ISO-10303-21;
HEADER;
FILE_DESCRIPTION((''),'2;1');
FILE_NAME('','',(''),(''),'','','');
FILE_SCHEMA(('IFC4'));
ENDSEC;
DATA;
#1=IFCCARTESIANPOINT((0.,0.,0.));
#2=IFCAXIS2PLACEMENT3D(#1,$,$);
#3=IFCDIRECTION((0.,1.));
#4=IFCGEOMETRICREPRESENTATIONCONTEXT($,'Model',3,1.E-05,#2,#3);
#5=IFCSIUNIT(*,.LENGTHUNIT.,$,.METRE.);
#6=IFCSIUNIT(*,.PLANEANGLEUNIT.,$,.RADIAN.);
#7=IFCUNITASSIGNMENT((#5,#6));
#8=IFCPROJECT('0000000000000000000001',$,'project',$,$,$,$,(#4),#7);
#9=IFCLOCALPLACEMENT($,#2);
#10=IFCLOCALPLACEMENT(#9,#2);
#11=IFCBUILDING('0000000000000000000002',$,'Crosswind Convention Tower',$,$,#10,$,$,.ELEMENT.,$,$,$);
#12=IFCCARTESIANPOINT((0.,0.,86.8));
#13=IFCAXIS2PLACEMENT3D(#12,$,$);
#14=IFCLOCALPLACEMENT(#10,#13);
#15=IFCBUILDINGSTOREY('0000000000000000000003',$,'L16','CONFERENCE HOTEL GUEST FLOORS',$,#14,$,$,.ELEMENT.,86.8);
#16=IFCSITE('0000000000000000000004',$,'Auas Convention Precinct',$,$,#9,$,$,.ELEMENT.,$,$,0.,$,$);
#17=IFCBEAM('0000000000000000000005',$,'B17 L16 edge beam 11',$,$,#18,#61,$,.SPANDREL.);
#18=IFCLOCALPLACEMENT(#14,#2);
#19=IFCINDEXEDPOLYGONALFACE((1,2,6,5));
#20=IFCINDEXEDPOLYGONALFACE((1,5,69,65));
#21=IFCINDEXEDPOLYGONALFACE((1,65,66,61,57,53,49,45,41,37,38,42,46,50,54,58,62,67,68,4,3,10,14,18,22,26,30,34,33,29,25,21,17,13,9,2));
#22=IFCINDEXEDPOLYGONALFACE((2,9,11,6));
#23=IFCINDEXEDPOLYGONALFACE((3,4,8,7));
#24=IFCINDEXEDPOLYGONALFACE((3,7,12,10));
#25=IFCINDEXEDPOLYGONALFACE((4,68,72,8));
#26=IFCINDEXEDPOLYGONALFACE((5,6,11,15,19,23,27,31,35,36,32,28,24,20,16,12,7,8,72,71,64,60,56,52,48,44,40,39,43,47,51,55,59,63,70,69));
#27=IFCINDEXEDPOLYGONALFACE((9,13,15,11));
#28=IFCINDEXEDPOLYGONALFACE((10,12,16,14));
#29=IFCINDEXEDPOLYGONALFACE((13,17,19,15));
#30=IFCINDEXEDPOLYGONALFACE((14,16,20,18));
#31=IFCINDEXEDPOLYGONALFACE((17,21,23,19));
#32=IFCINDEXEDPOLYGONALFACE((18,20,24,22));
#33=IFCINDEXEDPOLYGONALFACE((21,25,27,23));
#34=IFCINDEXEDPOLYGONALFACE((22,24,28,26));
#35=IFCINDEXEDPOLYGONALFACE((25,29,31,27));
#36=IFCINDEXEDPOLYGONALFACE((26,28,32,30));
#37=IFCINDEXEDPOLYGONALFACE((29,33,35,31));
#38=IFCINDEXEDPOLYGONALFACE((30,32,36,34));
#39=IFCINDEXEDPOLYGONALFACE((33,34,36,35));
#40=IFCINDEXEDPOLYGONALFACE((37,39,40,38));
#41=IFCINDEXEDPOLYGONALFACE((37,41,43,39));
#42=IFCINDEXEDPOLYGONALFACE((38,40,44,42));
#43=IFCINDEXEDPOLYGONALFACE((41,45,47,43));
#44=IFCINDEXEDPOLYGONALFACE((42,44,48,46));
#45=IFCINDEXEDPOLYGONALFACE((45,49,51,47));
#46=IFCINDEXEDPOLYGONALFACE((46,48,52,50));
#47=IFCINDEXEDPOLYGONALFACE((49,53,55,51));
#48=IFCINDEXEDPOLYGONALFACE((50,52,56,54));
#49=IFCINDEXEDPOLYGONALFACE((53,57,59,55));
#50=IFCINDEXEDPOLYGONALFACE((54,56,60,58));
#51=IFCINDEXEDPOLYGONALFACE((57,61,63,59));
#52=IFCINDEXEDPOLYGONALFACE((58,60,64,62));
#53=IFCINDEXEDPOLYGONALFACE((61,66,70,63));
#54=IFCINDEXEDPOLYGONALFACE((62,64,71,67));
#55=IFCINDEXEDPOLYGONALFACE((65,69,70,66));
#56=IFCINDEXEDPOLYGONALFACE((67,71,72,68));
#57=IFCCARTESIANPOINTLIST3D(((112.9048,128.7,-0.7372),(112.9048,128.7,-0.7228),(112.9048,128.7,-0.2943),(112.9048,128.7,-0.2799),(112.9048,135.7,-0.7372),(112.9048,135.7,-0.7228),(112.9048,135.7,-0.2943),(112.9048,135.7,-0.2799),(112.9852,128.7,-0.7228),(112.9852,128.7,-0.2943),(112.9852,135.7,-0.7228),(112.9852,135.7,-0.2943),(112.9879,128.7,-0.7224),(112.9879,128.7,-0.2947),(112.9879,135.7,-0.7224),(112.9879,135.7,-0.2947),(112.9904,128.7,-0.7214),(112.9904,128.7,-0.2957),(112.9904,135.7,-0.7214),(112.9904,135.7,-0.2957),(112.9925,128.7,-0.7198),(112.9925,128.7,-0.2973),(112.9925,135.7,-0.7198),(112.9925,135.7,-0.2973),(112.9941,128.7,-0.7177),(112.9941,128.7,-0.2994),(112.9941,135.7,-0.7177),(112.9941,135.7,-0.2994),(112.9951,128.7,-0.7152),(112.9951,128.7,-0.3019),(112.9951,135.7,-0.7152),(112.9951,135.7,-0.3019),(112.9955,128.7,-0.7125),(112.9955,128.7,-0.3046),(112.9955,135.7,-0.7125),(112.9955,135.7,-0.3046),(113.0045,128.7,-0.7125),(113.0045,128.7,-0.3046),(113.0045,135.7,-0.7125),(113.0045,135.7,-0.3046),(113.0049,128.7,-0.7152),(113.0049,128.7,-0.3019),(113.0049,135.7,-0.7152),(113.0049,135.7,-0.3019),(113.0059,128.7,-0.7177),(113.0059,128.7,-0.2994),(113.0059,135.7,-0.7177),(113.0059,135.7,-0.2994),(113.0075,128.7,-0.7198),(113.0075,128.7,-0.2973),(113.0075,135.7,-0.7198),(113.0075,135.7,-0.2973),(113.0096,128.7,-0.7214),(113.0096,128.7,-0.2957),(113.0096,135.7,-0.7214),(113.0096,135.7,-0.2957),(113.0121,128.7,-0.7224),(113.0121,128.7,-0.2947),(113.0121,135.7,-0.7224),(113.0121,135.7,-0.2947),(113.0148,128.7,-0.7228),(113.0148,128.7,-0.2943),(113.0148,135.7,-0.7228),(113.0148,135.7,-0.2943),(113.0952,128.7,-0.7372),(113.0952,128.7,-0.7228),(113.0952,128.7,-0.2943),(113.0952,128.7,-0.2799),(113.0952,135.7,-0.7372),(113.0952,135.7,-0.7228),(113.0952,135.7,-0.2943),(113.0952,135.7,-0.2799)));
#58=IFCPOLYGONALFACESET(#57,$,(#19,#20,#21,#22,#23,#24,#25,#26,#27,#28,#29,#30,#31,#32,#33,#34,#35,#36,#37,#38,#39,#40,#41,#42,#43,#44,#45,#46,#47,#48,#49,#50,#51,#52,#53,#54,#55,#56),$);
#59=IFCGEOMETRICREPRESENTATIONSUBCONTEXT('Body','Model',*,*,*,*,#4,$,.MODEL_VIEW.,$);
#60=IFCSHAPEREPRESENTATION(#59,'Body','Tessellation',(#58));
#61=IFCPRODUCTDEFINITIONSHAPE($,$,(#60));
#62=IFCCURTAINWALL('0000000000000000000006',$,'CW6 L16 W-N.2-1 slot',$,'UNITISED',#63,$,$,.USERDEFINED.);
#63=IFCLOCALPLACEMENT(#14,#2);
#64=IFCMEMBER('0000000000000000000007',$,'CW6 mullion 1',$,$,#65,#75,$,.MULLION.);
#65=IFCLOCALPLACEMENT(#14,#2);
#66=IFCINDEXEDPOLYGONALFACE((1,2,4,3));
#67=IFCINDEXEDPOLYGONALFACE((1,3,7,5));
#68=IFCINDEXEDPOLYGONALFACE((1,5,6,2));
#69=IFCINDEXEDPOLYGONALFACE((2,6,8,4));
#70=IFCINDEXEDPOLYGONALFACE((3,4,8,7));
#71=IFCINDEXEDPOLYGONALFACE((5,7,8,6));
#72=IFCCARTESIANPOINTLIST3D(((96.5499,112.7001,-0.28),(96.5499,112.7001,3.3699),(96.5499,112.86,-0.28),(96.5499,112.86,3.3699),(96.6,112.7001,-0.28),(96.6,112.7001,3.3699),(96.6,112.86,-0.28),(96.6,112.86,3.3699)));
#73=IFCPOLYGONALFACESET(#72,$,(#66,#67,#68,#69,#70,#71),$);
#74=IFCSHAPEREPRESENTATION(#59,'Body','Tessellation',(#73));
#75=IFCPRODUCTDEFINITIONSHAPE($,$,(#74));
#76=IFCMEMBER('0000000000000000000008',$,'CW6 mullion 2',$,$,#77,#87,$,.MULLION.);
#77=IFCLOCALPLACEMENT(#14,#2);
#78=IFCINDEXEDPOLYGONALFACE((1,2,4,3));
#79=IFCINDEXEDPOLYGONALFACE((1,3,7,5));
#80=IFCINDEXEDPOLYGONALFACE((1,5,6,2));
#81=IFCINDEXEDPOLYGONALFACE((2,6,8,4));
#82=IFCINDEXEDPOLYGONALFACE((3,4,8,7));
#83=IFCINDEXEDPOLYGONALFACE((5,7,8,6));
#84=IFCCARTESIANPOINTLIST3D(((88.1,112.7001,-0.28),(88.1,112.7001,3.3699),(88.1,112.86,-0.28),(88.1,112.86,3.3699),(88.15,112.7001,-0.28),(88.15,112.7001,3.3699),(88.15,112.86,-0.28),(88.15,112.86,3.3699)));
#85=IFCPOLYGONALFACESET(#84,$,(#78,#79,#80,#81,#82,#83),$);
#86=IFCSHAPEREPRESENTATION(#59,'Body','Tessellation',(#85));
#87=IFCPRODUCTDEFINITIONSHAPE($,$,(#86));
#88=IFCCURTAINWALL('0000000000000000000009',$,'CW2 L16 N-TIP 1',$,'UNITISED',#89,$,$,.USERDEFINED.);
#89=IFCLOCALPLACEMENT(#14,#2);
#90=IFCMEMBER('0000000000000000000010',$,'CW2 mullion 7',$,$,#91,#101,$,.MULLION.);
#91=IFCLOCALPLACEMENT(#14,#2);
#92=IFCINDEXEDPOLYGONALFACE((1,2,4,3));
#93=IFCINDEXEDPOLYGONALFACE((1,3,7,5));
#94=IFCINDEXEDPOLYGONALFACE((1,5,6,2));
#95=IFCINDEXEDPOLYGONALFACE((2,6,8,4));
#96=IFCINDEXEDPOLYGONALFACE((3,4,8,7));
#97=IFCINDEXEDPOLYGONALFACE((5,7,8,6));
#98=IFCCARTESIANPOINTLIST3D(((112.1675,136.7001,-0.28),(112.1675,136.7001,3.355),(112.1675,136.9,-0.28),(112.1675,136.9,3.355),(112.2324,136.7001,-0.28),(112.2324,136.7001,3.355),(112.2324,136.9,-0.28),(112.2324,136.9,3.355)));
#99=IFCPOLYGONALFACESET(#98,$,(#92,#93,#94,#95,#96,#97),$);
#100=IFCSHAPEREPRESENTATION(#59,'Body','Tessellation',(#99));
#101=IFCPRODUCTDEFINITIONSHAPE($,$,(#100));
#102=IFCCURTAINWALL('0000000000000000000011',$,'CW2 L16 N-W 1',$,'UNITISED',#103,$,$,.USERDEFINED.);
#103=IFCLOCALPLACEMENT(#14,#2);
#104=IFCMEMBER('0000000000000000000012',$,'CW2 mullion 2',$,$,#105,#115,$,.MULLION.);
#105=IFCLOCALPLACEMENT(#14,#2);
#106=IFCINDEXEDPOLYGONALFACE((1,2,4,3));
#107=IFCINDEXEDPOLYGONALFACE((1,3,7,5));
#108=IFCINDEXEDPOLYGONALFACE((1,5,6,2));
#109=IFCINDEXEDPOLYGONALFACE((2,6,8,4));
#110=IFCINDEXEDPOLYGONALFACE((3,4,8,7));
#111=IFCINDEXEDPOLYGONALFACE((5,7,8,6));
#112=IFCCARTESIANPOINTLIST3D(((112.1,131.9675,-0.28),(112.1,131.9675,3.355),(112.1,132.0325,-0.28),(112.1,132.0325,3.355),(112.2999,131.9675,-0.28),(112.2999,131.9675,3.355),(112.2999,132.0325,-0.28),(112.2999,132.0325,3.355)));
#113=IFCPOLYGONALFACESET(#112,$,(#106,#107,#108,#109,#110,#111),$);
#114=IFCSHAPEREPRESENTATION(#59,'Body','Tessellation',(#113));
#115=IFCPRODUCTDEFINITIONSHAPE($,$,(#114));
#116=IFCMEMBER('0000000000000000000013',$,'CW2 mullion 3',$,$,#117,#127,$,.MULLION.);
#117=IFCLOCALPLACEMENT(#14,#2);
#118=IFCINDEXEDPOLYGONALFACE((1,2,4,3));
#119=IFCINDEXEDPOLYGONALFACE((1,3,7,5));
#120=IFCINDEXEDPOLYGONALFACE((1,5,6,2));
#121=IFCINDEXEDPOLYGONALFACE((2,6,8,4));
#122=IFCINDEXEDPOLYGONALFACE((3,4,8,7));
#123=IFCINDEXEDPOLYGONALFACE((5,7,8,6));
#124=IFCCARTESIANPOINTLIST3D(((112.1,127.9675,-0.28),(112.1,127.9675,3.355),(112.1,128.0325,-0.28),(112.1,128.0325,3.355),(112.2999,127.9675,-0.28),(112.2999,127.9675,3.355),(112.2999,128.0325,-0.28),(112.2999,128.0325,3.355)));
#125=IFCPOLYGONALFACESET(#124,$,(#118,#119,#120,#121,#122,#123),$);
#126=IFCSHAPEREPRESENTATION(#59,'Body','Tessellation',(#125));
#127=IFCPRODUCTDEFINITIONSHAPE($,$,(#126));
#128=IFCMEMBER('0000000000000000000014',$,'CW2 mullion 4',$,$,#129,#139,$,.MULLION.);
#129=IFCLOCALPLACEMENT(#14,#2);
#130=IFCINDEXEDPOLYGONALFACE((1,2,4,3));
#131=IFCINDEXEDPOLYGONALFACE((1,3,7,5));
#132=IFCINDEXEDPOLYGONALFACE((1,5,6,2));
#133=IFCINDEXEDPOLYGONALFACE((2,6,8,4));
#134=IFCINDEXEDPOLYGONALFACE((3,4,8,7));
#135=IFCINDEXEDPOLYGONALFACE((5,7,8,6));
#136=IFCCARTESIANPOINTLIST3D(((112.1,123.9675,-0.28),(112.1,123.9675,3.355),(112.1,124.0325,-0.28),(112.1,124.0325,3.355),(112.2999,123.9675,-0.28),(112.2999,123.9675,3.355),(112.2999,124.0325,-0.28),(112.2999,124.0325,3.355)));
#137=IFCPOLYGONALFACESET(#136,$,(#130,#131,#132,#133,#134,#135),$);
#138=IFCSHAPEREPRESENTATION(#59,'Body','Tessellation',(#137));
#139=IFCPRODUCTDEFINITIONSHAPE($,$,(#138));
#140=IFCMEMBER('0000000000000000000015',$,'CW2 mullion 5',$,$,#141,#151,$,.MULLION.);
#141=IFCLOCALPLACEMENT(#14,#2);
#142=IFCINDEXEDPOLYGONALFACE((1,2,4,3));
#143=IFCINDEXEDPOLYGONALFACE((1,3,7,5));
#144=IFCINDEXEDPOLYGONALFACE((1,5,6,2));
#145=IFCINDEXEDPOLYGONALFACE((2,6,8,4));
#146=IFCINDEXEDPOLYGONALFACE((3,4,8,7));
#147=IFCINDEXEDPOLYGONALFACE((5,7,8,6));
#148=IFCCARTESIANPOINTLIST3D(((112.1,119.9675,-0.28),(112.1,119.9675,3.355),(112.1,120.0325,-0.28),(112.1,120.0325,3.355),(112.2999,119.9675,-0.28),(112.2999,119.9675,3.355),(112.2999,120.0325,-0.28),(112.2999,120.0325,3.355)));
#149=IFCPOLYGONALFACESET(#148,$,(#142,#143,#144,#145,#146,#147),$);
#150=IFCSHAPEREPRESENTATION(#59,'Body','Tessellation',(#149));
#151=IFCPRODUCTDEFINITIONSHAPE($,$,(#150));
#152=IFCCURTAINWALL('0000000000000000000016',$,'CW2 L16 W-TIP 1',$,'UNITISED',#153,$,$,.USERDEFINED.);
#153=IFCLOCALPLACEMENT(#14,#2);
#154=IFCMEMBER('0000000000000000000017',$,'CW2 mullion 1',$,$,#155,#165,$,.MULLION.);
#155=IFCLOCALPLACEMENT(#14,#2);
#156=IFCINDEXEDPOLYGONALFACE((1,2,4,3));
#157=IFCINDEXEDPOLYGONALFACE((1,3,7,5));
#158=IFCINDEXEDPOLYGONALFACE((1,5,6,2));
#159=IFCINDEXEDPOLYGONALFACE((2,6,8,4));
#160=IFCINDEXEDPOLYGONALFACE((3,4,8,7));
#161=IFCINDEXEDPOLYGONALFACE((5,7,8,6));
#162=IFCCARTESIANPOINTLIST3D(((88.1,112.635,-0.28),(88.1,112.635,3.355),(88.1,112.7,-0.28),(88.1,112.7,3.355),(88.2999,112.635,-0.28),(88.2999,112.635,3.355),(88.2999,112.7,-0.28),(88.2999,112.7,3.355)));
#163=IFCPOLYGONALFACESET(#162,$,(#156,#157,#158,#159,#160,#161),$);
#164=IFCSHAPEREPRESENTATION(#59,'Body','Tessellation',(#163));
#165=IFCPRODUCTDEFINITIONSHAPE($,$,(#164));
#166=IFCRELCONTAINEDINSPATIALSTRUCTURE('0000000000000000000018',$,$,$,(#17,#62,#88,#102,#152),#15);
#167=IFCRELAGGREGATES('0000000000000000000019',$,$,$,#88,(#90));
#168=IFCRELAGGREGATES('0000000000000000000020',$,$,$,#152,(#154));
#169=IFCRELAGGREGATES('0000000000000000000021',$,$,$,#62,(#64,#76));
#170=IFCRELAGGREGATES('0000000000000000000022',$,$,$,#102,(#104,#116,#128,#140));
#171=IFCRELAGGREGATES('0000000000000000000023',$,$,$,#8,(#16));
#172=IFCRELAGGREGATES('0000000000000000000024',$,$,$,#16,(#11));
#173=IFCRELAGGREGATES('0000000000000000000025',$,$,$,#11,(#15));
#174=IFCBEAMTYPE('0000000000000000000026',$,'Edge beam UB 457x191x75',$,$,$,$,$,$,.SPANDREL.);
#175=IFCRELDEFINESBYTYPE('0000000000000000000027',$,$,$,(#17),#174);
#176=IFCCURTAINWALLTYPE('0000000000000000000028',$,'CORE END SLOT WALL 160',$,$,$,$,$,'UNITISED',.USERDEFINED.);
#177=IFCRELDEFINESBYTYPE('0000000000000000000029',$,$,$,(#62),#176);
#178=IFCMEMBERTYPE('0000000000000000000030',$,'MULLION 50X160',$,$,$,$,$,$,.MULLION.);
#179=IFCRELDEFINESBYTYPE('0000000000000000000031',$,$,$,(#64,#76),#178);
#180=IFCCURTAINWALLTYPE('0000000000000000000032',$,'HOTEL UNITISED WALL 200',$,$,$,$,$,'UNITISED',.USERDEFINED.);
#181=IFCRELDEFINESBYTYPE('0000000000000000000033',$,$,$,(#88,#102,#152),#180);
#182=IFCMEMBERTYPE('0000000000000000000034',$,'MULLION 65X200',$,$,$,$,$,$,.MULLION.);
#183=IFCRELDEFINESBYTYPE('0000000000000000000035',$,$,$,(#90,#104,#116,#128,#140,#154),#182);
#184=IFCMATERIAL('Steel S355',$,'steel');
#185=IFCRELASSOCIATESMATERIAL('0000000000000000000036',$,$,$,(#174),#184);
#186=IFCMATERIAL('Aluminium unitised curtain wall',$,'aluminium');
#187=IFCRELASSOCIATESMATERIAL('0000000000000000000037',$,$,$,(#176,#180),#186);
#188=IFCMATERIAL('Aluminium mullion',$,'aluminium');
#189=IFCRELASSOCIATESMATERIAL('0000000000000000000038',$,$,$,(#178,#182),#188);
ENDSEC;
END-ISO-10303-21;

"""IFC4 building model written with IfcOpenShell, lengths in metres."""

from ifc_helpers import new_model, si_unit, direction, frame, origin, origin_2d, place, context, subcontext, project, spatial, rectangle, i_section, extrude, material, material_profile, profile_set, type_object, element, aggregate, save


model = new_model("IFC4")

# Units and contexts
model_context = context("Model", 3, precision=1e-05, world=origin(), true_north=direction((0.0, 1.0)))
body_context = subcontext(model_context, "Body", "Model", "MODEL_VIEW")
ifc_project = project(units=[si_unit("LENGTHUNIT", "METRE"), si_unit("PLANEANGLEUNIT", "RADIAN")], contexts=[model_context])

# Site, building, storey
site_placement = place(None, origin())
site = spatial("IfcSite", under=ifc_project, at=site_placement, Name="Auas Convention Precinct", CompositionType="ELEMENT", RefElevation=0.0)
building_placement = place(site_placement, origin())
building = spatial("IfcBuilding", under=site, at=building_placement, Name="Crosswind Convention Tower", CompositionType="ELEMENT")
storey_placement = place(building_placement, frame((0.0, 0.0, 86.8)))
storey = spatial("IfcBuildingStorey", under=building, at=storey_placement, Name="L16", Description="CONFERENCE HOTEL GUEST FLOORS", CompositionType="ELEMENT", Elevation=86.8)

# Beam
ifc_material_1 = material(Name="Steel S355", Category="steel")
ifc_material_profile_1 = material_profile(ifc_material_1, i_section(OverallWidth=0.1904, OverallDepth=0.4573, WebThickness=0.009, FlangeThickness=0.0144, FilletRadius=0.0103, at=origin_2d()), Name="UB 457x191x75")
ifc_profile_set_1 = profile_set([ifc_material_profile_1], Name="Steel S355")
beam_type_1 = type_object("IfcBeamType", Name="Edge beam UB 457x191x75", PredefinedType="SPANDREL", material=ifc_profile_set_1)
beam_1_placement = place(storey_placement, frame((113.0, 128.7, -0.5085), z_axis=(0.0, 1.0, 0.0), x_axis=(-1.0, 0.0, 0.0)))
element("IfcBeam", 1, at=beam_1_placement, inside=storey, type_object=beam_type_1, Name="B17 L16 edge beam 11", PredefinedType="SPANDREL", context=body_context, shape_type="SweptSolid", body=[
    extrude(i_section(OverallWidth=0.1904, OverallDepth=0.4573, WebThickness=0.009, FlangeThickness=0.0144, FilletRadius=0.0103, at=origin_2d()), origin(), (0.0, 0.0, 1.0), 7.0),
])

# Curtain wall, members
ifc_material_2 = material(Name="Aluminium unitised curtain wall", Category="aluminium")
curtain_wall_type_1 = type_object("IfcCurtainWallType", Name="CORE END SLOT WALL 160", ElementType="UNITISED", PredefinedType="USERDEFINED", material=ifc_material_2)
curtain_wall_1_placement = place(storey_placement, origin())
curtain_wall_1 = element("IfcCurtainWall", 2, at=curtain_wall_1_placement, inside=storey, type_object=curtain_wall_type_1, Name="CW6 L16 W-N.2-1 slot", ObjectType="UNITISED", PredefinedType="USERDEFINED")
ifc_material_3 = material(Name="Aluminium mullion", Category="aluminium")
ifc_material_profile_2 = material_profile(ifc_material_3, rectangle(XDim=0.1599, YDim=0.05, at=origin_2d()), Name="AL 160X50")
ifc_profile_set_2 = profile_set([ifc_material_profile_2], Name="Aluminium mullion")
member_type_1 = type_object("IfcMemberType", Name="MULLION 50X160", PredefinedType="MULLION", material=ifc_profile_set_2)
member_1_placement = place(storey_placement, frame((96.575, 112.78, -0.28), z_axis=(0.0, 0.0, 1.0), x_axis=(0.0, 1.0, 0.0)))
member_1 = element("IfcMember", 3, at=member_1_placement, type_object=member_type_1, Name="CW6 mullion 1", PredefinedType="MULLION", context=body_context, shape_type="SweptSolid", body=[
    extrude(rectangle(XDim=0.1599, YDim=0.05, at=origin_2d()), origin(), (0.0, 0.0, 1.0), 3.6499),
])
member_2_placement = place(storey_placement, frame((88.125, 112.78, -0.28), z_axis=(0.0, 0.0, 1.0), x_axis=(0.0, 1.0, 0.0)))
member_2 = element("IfcMember", 4, at=member_2_placement, type_object=member_type_1, Name="CW6 mullion 2", PredefinedType="MULLION", context=body_context, shape_type="SweptSolid", body=[
    extrude(rectangle(XDim=0.1599, YDim=0.05, at=origin_2d()), origin(), (0.0, 0.0, 1.0), 3.6499),
])

# Curtain wall, member
curtain_wall_type_2 = type_object("IfcCurtainWallType", Name="HOTEL UNITISED WALL 200", ElementType="UNITISED", PredefinedType="USERDEFINED", material=ifc_material_2)
curtain_wall_2_placement = place(storey_placement, origin())
curtain_wall_2 = element("IfcCurtainWall", 5, at=curtain_wall_2_placement, inside=storey, type_object=curtain_wall_type_2, Name="CW2 L16 N-TIP 1", ObjectType="UNITISED", PredefinedType="USERDEFINED")
ifc_material_profile_3 = material_profile(ifc_material_3, rectangle(XDim=0.2, YDim=0.0649, at=origin_2d()), Name="AL 200X65")
ifc_profile_set_3 = profile_set([ifc_material_profile_3], Name="Aluminium mullion")
member_type_2 = type_object("IfcMemberType", Name="MULLION 65X200", PredefinedType="MULLION", material=ifc_profile_set_3)
member_3_placement = place(storey_placement, frame((112.2, 136.8, -0.28), z_axis=(0.0, 0.0, 1.0), x_axis=(0.0, 1.0, 0.0)))
member_3 = element("IfcMember", 6, at=member_3_placement, type_object=member_type_2, Name="CW2 mullion 7", PredefinedType="MULLION", context=body_context, shape_type="SweptSolid", body=[
    extrude(rectangle(XDim=0.2, YDim=0.0649, at=origin_2d()), origin(), (0.0, 0.0, 1.0), 3.635),
])
aggregate(curtain_wall_2, [member_3])

# Curtain wall, members
curtain_wall_3_placement = place(storey_placement, origin())
curtain_wall_3 = element("IfcCurtainWall", 7, at=curtain_wall_3_placement, inside=storey, type_object=curtain_wall_type_2, Name="CW2 L16 N-W 1", ObjectType="UNITISED", PredefinedType="USERDEFINED")
member_4_placement = place(storey_placement, frame((112.2, 132.0, -0.28), z_axis=(0.0, 0.0, 1.0), x_axis=(-1.0, 0.0, 0.0)))
member_4 = element("IfcMember", 8, at=member_4_placement, type_object=member_type_2, Name="CW2 mullion 2", PredefinedType="MULLION", context=body_context, shape_type="SweptSolid", body=[
    extrude(rectangle(XDim=0.2, YDim=0.0649, at=origin_2d()), origin(), (0.0, 0.0, 1.0), 3.635),
])
member_5_placement = place(storey_placement, frame((112.2, 128.0, -0.28), z_axis=(0.0, 0.0, 1.0), x_axis=(-1.0, 0.0, 0.0)))
member_5 = element("IfcMember", 9, at=member_5_placement, type_object=member_type_2, Name="CW2 mullion 3", PredefinedType="MULLION", context=body_context, shape_type="SweptSolid", body=[
    extrude(rectangle(XDim=0.2, YDim=0.0649, at=origin_2d()), origin(), (0.0, 0.0, 1.0), 3.635),
])
member_6_placement = place(storey_placement, frame((112.2, 124.0, -0.28), z_axis=(0.0, 0.0, 1.0), x_axis=(-1.0, 0.0, 0.0)))
member_6 = element("IfcMember", 10, at=member_6_placement, type_object=member_type_2, Name="CW2 mullion 4", PredefinedType="MULLION", context=body_context, shape_type="SweptSolid", body=[
    extrude(rectangle(XDim=0.2, YDim=0.0649, at=origin_2d()), origin(), (0.0, 0.0, 1.0), 3.635),
])
member_7_placement = place(storey_placement, frame((112.2, 120.0, -0.28), z_axis=(0.0, 0.0, 1.0), x_axis=(-1.0, 0.0, 0.0)))
member_7 = element("IfcMember", 11, at=member_7_placement, type_object=member_type_2, Name="CW2 mullion 5", PredefinedType="MULLION", context=body_context, shape_type="SweptSolid", body=[
    extrude(rectangle(XDim=0.2, YDim=0.0649, at=origin_2d()), origin(), (0.0, 0.0, 1.0), 3.635),
])

# Curtain wall, member
curtain_wall_4_placement = place(storey_placement, origin())
curtain_wall_4 = element("IfcCurtainWall", 12, at=curtain_wall_4_placement, inside=storey, type_object=curtain_wall_type_2, Name="CW2 L16 W-TIP 1", ObjectType="UNITISED", PredefinedType="USERDEFINED")
member_8_placement = place(storey_placement, frame((88.2, 112.6675, -0.28), z_axis=(0.0, 0.0, 1.0), x_axis=(-1.0, 0.0, 0.0)))
member_8 = element("IfcMember", 13, at=member_8_placement, type_object=member_type_2, Name="CW2 mullion 1", PredefinedType="MULLION", context=body_context, shape_type="SweptSolid", body=[
    extrude(rectangle(XDim=0.2, YDim=0.0649, at=origin_2d()), origin(), (0.0, 0.0, 1.0), 3.635),
])

aggregate(curtain_wall_4, [member_8])

aggregate(curtain_wall_1, [member_1, member_2])

aggregate(curtain_wall_3, [member_4, member_5, member_6, member_7])

save(model, "model.ifc")
